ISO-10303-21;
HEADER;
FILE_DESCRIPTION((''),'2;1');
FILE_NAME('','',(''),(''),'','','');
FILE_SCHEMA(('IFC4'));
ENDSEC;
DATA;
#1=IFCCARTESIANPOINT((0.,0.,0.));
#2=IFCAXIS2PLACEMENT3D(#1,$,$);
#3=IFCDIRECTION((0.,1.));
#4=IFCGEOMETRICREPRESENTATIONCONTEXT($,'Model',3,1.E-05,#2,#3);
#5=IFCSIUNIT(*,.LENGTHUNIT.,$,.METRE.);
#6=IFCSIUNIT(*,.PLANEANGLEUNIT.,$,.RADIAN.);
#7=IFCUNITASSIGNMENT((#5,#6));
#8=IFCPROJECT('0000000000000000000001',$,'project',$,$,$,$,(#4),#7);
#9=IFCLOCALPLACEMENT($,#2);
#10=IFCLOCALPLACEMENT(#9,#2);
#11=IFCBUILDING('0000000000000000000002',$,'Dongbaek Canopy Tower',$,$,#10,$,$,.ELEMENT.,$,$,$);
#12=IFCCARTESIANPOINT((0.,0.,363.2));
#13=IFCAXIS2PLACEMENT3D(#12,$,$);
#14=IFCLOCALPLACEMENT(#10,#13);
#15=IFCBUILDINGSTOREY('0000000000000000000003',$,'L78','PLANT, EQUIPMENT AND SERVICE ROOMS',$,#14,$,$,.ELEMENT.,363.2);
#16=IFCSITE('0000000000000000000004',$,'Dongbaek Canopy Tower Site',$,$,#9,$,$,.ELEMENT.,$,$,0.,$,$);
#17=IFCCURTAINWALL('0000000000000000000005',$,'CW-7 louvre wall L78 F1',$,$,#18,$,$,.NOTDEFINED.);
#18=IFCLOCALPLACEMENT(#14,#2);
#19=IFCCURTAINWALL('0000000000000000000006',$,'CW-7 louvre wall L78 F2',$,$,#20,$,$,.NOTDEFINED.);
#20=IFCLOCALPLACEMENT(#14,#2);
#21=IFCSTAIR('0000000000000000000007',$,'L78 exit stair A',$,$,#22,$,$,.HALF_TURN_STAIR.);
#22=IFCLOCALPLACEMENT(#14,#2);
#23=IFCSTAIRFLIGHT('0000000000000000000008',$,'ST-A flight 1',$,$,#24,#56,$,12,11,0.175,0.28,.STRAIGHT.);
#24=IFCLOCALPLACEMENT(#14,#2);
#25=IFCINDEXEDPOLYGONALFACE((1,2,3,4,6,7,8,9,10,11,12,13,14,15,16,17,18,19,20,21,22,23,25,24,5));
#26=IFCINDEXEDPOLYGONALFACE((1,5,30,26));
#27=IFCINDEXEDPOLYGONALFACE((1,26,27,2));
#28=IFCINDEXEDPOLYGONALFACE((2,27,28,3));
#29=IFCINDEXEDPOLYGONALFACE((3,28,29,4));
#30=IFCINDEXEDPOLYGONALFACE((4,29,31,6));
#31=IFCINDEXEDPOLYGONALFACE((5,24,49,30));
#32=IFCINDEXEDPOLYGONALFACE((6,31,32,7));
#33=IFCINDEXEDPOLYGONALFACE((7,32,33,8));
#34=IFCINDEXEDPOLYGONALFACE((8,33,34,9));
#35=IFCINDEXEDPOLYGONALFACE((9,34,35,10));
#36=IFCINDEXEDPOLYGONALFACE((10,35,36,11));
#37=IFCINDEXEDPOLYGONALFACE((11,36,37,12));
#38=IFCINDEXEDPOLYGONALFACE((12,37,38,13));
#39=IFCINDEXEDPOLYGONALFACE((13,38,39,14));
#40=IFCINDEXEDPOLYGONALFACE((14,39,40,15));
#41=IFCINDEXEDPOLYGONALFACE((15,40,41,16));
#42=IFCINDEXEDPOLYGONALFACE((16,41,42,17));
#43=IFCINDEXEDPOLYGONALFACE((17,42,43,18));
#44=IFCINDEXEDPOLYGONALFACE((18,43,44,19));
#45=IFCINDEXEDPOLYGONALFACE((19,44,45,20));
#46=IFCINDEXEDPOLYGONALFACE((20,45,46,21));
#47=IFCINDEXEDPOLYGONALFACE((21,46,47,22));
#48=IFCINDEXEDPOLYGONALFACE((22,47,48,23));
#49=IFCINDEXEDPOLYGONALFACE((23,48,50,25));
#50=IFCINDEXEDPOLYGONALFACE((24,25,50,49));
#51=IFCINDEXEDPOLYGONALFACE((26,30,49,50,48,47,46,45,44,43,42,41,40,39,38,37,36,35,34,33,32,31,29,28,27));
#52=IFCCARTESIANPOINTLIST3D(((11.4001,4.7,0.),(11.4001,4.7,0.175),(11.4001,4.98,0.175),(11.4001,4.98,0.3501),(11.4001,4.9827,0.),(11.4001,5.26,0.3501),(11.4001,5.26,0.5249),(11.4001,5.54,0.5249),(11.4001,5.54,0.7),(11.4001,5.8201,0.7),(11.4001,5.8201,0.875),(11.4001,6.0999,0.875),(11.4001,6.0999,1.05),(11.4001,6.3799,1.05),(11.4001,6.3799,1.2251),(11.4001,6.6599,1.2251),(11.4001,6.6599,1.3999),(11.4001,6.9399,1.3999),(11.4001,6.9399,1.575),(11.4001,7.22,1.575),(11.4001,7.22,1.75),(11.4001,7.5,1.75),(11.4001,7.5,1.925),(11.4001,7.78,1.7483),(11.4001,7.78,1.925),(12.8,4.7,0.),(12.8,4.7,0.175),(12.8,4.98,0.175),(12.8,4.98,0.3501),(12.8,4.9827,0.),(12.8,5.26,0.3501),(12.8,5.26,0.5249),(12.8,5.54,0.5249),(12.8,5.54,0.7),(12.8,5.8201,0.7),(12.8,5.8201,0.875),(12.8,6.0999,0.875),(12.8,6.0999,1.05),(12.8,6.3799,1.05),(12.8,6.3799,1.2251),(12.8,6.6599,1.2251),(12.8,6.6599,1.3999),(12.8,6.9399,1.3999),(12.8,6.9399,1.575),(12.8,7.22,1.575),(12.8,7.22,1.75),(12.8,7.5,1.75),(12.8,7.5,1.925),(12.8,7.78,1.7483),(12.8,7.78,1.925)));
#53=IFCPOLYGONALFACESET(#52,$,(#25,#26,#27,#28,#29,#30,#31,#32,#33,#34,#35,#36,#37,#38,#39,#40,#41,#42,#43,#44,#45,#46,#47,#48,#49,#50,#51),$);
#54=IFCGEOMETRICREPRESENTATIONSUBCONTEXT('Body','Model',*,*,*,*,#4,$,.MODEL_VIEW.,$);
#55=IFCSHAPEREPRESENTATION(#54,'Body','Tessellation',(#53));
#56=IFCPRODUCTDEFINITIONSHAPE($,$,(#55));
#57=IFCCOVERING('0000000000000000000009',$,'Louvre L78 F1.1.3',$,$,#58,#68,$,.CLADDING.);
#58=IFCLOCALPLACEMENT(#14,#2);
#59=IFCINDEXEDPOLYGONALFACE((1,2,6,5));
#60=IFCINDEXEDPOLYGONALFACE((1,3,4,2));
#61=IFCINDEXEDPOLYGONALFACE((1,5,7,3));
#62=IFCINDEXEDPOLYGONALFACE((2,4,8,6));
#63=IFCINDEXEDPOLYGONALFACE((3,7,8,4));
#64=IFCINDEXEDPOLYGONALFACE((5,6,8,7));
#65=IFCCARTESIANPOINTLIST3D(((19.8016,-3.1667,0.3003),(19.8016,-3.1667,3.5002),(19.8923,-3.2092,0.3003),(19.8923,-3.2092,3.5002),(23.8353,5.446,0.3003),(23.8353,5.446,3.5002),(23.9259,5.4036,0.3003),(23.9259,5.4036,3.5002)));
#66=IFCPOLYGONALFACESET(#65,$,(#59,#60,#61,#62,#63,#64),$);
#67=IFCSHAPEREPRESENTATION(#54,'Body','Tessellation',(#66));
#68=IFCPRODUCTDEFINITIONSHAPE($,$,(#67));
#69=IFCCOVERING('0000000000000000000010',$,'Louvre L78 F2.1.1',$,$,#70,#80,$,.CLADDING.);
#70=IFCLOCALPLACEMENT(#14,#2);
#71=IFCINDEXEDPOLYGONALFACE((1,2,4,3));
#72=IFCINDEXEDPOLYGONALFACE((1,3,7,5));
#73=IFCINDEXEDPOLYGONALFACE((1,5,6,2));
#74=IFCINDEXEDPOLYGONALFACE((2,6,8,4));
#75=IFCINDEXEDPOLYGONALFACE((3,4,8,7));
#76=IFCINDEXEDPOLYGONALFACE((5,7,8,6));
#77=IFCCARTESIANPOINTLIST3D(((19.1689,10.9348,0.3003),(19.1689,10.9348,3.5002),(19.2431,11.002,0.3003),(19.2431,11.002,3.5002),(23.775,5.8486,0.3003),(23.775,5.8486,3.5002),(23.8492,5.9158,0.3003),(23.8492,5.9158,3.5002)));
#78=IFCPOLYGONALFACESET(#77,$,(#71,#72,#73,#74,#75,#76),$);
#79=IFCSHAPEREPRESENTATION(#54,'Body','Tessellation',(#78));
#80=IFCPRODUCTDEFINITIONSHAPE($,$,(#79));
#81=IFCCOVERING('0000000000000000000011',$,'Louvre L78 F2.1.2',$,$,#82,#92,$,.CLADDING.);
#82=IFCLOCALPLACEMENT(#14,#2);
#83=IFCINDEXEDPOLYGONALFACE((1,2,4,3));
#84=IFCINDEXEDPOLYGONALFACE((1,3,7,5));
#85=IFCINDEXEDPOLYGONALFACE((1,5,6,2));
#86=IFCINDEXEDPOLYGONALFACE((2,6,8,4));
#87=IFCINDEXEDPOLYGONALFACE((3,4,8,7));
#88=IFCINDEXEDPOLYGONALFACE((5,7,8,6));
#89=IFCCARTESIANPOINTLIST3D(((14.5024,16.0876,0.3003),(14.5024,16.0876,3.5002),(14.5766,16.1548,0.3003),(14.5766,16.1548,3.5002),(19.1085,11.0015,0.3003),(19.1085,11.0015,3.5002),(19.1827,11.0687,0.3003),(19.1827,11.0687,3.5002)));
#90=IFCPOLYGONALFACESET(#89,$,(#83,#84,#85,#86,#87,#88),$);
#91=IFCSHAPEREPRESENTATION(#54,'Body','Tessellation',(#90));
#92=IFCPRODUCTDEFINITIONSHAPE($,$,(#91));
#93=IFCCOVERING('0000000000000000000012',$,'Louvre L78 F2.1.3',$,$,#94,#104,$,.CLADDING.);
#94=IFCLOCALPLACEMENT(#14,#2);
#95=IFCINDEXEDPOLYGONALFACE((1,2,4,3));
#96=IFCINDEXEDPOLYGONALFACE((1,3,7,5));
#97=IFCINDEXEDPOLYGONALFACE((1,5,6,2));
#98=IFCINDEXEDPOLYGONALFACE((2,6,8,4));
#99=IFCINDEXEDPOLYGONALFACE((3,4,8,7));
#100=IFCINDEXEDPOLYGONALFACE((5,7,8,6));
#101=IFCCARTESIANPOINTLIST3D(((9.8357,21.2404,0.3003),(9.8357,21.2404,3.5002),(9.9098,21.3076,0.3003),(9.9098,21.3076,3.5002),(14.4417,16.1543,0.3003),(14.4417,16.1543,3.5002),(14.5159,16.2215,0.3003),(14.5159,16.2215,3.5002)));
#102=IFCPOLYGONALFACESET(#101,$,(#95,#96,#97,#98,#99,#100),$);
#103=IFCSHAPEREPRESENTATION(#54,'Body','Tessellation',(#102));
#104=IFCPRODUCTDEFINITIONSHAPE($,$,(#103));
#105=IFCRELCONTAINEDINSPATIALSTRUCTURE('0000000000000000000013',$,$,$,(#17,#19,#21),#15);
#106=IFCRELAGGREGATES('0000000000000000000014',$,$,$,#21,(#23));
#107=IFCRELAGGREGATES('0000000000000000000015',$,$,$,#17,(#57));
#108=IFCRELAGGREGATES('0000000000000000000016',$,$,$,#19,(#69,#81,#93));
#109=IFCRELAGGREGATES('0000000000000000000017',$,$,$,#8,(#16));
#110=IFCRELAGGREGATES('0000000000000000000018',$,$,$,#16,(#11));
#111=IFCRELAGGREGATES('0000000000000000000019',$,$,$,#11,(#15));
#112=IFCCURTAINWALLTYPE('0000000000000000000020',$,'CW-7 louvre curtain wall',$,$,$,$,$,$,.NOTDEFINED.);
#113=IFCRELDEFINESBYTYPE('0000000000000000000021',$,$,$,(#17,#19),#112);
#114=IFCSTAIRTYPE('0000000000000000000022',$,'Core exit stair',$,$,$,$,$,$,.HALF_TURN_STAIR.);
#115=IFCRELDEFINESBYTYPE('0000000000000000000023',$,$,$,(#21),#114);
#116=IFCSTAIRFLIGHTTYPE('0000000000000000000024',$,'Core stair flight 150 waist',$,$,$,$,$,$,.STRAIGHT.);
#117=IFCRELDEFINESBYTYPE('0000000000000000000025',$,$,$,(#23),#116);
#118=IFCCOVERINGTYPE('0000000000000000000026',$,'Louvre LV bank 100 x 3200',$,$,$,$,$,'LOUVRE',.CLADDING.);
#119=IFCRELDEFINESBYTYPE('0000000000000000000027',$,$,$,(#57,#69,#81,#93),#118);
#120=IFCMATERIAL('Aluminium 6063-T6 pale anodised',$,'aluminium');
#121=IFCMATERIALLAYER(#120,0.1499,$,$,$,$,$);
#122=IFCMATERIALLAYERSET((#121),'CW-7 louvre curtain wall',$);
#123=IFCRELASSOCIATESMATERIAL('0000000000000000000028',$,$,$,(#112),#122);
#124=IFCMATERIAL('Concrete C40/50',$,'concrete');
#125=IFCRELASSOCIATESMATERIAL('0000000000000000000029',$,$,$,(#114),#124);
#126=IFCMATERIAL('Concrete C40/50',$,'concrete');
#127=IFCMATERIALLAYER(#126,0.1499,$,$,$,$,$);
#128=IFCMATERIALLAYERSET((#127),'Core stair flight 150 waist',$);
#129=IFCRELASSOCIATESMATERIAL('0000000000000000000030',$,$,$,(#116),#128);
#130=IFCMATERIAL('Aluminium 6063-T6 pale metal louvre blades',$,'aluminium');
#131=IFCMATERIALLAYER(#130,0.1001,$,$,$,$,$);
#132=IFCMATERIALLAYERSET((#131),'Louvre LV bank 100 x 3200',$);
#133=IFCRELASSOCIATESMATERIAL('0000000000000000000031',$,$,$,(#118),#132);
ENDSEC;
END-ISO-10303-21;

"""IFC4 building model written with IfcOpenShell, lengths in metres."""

from ifc_helpers import new_model, si_unit, direction, frame, origin, origin_2d, place, context, subcontext, project, spatial, polyline, rectangle, outline, extrude, material, layer, layer_set, type_object, element, aggregate, save


model = new_model("IFC4")

# Units and contexts
model_context = context("Model", 3, precision=1e-05, world=origin(), true_north=direction((0.0, 1.0)))
body_context = subcontext(model_context, "Body", "Model", "MODEL_VIEW")
ifc_project = project(units=[si_unit("LENGTHUNIT", "METRE"), si_unit("PLANEANGLEUNIT", "RADIAN")], contexts=[model_context])

# Site, building, storey
site_placement = place(None, origin())
site = spatial("IfcSite", under=ifc_project, at=site_placement, Name="Dongbaek Canopy Tower Site", CompositionType="ELEMENT", RefElevation=0.0)
building_placement = place(site_placement, origin())
building = spatial("IfcBuilding", under=site, at=building_placement, Name="Dongbaek Canopy Tower", CompositionType="ELEMENT")
storey_placement = place(building_placement, frame((0.0, 0.0, 363.2)))
storey = spatial("IfcBuildingStorey", under=building, at=storey_placement, Name="L78", Description="PLANT, EQUIPMENT AND SERVICE ROOMS", CompositionType="ELEMENT", Elevation=363.2)

# Curtain wall
ifc_material_1 = material(Name="Aluminium 6063-T6 pale anodised", Category="aluminium")
ifc_layer_1 = layer(ifc_material_1, 0.1499)
ifc_layer_set_1 = layer_set([ifc_layer_1], Name="CW-7 louvre curtain wall")
curtain_wall_type = type_object("IfcCurtainWallType", Name="CW-7 louvre curtain wall", PredefinedType="NOTDEFINED", material=ifc_layer_set_1)
curtain_wall_1_placement = place(storey_placement, origin())
curtain_wall_1 = element("IfcCurtainWall", 1, at=curtain_wall_1_placement, inside=storey, type_object=curtain_wall_type, Name="CW-7 louvre wall L78 F1", PredefinedType="NOTDEFINED")

# Curtain wall
curtain_wall_2_placement = place(storey_placement, origin())
curtain_wall_2 = element("IfcCurtainWall", 2, at=curtain_wall_2_placement, inside=storey, type_object=curtain_wall_type, Name="CW-7 louvre wall L78 F2", PredefinedType="NOTDEFINED")

# Stair, stair flight
ifc_material_2 = material(Name="Concrete C40/50", Category="concrete")
stair_type = type_object("IfcStairType", Name="Core exit stair", PredefinedType="HALF_TURN_STAIR", material=ifc_material_2)
stair_placement = place(storey_placement, origin())
stair = element("IfcStair", 3, at=stair_placement, inside=storey, type_object=stair_type, Name="L78 exit stair A", PredefinedType="HALF_TURN_STAIR")
ifc_material_3 = material(Name="Concrete C40/50", Category="concrete")
ifc_layer_2 = layer(ifc_material_3, 0.1499)
ifc_layer_set_2 = layer_set([ifc_layer_2], Name="Core stair flight 150 waist")
stair_flight_type = type_object("IfcStairFlightType", Name="Core stair flight 150 waist", PredefinedType="STRAIGHT", material=ifc_layer_set_2)
stair_flight_placement = place(storey_placement, frame((12.1001, 4.7, 0.0), z_axis=(0.0, 0.0, 1.0), x_axis=(0.0, 1.0, 0.0)))
stair_flight = element("IfcStairFlight", 4, at=stair_flight_placement, type_object=stair_flight_type, Name="ST-A flight 1", NumberOfRisers=12, NumberOfTreads=11, PredefinedType="STRAIGHT", RiserHeight=0.175, TreadLength=0.28, context=body_context, shape_type="SweptSolid", body=[
    extrude(outline(polyline([(0.0, 0.0), (0.0, 0.175), (0.28, 0.175), (0.28, 0.3501), (0.5601, 0.3501), (0.5601, 0.5249), (0.8401, 0.5249), (0.8401, 0.7), (1.1201, 0.7), (1.1201, 0.875), (1.3999, 0.875), (1.3999, 1.05), (1.6799, 1.05), (1.6799, 1.2251), (1.96, 1.2251), (1.96, 1.3999), (2.24, 1.3999), (2.24, 1.575), (2.52, 1.575), (2.52, 1.75), (2.8, 1.75), (2.8, 1.925), (3.0801, 1.925), (3.0801, 2.1001), (3.0801, 1.7483), (0.2827, 0.0), (0.0, 0.0)])), frame((0.0, 0.7, 0.0), z_axis=(0.0, -1.0, 0.0), x_axis=(1.0, 0.0, 0.0)), (0.0, 0.0, 1.0), 1.3999),
])
aggregate(stair, [stair_flight])

# Coverings
ifc_material_4 = material(Name="Aluminium 6063-T6 pale metal louvre blades", Category="aluminium")
ifc_layer_3 = layer(ifc_material_4, 0.1001)
ifc_layer_set_3 = layer_set([ifc_layer_3], Name="Louvre LV bank 100 x 3200")
covering_type = type_object("IfcCoveringType", Name="Louvre LV bank 100 x 3200", ElementType="LOUVRE", PredefinedType="CLADDING", material=ifc_layer_set_3)
covering_1_placement = place(storey_placement, frame((21.8638, 1.1184, 0.3003), z_axis=(0.0, 0.0, 1.0), x_axis=(0.424123, 0.905605, 0.0)))
covering_1 = element("IfcCovering", 5, at=covering_1_placement, type_object=covering_type, Name="Louvre L78 F1.1.3", PredefinedType="CLADDING", context=body_context, shape_type="SweptSolid", body=[
    extrude(rectangle(XDim=9.5105, YDim=0.1001, at=origin_2d()), origin(), (0.0, 0.0, 1.0), 3.2),
])
covering_2_placement = place(storey_placement, frame((21.509, 8.4253, 0.3003), z_axis=(0.0, 0.0, 1.0), x_axis=(-0.67126, 0.741222, 0.0)))
covering_2 = element("IfcCovering", 6, at=covering_2_placement, type_object=covering_type, Name="Louvre L78 F2.1.1", PredefinedType="CLADDING", context=body_context, shape_type="SweptSolid", body=[
    extrude(rectangle(XDim=6.8618, YDim=0.1001, at=origin_2d()), origin(), (0.0, 0.0, 1.0), 3.2),
])
covering_3_placement = place(storey_placement, frame((16.8425, 13.5781, 0.3003), z_axis=(0.0, 0.0, 1.0), x_axis=(-0.67126, 0.741222, 0.0)))
covering_3 = element("IfcCovering", 7, at=covering_3_placement, type_object=covering_type, Name="Louvre L78 F2.1.2", PredefinedType="CLADDING", context=body_context, shape_type="SweptSolid", body=[
    extrude(rectangle(XDim=6.8618, YDim=0.1001, at=origin_2d()), origin(), (0.0, 0.0, 1.0), 3.2),
])
covering_4_placement = place(storey_placement, frame((12.1758, 18.731, 0.3003), z_axis=(0.0, 0.0, 1.0), x_axis=(-0.67126, 0.741222, 0.0)))
covering_4 = element("IfcCovering", 8, at=covering_4_placement, type_object=covering_type, Name="Louvre L78 F2.1.3", PredefinedType="CLADDING", context=body_context, shape_type="SweptSolid", body=[
    extrude(rectangle(XDim=6.8618, YDim=0.1001, at=origin_2d()), origin(), (0.0, 0.0, 1.0), 3.2),
])

aggregate(curtain_wall_1, [covering_1])
aggregate(curtain_wall_2, [covering_2, covering_3, covering_4])

save(model, "model.ifc")
